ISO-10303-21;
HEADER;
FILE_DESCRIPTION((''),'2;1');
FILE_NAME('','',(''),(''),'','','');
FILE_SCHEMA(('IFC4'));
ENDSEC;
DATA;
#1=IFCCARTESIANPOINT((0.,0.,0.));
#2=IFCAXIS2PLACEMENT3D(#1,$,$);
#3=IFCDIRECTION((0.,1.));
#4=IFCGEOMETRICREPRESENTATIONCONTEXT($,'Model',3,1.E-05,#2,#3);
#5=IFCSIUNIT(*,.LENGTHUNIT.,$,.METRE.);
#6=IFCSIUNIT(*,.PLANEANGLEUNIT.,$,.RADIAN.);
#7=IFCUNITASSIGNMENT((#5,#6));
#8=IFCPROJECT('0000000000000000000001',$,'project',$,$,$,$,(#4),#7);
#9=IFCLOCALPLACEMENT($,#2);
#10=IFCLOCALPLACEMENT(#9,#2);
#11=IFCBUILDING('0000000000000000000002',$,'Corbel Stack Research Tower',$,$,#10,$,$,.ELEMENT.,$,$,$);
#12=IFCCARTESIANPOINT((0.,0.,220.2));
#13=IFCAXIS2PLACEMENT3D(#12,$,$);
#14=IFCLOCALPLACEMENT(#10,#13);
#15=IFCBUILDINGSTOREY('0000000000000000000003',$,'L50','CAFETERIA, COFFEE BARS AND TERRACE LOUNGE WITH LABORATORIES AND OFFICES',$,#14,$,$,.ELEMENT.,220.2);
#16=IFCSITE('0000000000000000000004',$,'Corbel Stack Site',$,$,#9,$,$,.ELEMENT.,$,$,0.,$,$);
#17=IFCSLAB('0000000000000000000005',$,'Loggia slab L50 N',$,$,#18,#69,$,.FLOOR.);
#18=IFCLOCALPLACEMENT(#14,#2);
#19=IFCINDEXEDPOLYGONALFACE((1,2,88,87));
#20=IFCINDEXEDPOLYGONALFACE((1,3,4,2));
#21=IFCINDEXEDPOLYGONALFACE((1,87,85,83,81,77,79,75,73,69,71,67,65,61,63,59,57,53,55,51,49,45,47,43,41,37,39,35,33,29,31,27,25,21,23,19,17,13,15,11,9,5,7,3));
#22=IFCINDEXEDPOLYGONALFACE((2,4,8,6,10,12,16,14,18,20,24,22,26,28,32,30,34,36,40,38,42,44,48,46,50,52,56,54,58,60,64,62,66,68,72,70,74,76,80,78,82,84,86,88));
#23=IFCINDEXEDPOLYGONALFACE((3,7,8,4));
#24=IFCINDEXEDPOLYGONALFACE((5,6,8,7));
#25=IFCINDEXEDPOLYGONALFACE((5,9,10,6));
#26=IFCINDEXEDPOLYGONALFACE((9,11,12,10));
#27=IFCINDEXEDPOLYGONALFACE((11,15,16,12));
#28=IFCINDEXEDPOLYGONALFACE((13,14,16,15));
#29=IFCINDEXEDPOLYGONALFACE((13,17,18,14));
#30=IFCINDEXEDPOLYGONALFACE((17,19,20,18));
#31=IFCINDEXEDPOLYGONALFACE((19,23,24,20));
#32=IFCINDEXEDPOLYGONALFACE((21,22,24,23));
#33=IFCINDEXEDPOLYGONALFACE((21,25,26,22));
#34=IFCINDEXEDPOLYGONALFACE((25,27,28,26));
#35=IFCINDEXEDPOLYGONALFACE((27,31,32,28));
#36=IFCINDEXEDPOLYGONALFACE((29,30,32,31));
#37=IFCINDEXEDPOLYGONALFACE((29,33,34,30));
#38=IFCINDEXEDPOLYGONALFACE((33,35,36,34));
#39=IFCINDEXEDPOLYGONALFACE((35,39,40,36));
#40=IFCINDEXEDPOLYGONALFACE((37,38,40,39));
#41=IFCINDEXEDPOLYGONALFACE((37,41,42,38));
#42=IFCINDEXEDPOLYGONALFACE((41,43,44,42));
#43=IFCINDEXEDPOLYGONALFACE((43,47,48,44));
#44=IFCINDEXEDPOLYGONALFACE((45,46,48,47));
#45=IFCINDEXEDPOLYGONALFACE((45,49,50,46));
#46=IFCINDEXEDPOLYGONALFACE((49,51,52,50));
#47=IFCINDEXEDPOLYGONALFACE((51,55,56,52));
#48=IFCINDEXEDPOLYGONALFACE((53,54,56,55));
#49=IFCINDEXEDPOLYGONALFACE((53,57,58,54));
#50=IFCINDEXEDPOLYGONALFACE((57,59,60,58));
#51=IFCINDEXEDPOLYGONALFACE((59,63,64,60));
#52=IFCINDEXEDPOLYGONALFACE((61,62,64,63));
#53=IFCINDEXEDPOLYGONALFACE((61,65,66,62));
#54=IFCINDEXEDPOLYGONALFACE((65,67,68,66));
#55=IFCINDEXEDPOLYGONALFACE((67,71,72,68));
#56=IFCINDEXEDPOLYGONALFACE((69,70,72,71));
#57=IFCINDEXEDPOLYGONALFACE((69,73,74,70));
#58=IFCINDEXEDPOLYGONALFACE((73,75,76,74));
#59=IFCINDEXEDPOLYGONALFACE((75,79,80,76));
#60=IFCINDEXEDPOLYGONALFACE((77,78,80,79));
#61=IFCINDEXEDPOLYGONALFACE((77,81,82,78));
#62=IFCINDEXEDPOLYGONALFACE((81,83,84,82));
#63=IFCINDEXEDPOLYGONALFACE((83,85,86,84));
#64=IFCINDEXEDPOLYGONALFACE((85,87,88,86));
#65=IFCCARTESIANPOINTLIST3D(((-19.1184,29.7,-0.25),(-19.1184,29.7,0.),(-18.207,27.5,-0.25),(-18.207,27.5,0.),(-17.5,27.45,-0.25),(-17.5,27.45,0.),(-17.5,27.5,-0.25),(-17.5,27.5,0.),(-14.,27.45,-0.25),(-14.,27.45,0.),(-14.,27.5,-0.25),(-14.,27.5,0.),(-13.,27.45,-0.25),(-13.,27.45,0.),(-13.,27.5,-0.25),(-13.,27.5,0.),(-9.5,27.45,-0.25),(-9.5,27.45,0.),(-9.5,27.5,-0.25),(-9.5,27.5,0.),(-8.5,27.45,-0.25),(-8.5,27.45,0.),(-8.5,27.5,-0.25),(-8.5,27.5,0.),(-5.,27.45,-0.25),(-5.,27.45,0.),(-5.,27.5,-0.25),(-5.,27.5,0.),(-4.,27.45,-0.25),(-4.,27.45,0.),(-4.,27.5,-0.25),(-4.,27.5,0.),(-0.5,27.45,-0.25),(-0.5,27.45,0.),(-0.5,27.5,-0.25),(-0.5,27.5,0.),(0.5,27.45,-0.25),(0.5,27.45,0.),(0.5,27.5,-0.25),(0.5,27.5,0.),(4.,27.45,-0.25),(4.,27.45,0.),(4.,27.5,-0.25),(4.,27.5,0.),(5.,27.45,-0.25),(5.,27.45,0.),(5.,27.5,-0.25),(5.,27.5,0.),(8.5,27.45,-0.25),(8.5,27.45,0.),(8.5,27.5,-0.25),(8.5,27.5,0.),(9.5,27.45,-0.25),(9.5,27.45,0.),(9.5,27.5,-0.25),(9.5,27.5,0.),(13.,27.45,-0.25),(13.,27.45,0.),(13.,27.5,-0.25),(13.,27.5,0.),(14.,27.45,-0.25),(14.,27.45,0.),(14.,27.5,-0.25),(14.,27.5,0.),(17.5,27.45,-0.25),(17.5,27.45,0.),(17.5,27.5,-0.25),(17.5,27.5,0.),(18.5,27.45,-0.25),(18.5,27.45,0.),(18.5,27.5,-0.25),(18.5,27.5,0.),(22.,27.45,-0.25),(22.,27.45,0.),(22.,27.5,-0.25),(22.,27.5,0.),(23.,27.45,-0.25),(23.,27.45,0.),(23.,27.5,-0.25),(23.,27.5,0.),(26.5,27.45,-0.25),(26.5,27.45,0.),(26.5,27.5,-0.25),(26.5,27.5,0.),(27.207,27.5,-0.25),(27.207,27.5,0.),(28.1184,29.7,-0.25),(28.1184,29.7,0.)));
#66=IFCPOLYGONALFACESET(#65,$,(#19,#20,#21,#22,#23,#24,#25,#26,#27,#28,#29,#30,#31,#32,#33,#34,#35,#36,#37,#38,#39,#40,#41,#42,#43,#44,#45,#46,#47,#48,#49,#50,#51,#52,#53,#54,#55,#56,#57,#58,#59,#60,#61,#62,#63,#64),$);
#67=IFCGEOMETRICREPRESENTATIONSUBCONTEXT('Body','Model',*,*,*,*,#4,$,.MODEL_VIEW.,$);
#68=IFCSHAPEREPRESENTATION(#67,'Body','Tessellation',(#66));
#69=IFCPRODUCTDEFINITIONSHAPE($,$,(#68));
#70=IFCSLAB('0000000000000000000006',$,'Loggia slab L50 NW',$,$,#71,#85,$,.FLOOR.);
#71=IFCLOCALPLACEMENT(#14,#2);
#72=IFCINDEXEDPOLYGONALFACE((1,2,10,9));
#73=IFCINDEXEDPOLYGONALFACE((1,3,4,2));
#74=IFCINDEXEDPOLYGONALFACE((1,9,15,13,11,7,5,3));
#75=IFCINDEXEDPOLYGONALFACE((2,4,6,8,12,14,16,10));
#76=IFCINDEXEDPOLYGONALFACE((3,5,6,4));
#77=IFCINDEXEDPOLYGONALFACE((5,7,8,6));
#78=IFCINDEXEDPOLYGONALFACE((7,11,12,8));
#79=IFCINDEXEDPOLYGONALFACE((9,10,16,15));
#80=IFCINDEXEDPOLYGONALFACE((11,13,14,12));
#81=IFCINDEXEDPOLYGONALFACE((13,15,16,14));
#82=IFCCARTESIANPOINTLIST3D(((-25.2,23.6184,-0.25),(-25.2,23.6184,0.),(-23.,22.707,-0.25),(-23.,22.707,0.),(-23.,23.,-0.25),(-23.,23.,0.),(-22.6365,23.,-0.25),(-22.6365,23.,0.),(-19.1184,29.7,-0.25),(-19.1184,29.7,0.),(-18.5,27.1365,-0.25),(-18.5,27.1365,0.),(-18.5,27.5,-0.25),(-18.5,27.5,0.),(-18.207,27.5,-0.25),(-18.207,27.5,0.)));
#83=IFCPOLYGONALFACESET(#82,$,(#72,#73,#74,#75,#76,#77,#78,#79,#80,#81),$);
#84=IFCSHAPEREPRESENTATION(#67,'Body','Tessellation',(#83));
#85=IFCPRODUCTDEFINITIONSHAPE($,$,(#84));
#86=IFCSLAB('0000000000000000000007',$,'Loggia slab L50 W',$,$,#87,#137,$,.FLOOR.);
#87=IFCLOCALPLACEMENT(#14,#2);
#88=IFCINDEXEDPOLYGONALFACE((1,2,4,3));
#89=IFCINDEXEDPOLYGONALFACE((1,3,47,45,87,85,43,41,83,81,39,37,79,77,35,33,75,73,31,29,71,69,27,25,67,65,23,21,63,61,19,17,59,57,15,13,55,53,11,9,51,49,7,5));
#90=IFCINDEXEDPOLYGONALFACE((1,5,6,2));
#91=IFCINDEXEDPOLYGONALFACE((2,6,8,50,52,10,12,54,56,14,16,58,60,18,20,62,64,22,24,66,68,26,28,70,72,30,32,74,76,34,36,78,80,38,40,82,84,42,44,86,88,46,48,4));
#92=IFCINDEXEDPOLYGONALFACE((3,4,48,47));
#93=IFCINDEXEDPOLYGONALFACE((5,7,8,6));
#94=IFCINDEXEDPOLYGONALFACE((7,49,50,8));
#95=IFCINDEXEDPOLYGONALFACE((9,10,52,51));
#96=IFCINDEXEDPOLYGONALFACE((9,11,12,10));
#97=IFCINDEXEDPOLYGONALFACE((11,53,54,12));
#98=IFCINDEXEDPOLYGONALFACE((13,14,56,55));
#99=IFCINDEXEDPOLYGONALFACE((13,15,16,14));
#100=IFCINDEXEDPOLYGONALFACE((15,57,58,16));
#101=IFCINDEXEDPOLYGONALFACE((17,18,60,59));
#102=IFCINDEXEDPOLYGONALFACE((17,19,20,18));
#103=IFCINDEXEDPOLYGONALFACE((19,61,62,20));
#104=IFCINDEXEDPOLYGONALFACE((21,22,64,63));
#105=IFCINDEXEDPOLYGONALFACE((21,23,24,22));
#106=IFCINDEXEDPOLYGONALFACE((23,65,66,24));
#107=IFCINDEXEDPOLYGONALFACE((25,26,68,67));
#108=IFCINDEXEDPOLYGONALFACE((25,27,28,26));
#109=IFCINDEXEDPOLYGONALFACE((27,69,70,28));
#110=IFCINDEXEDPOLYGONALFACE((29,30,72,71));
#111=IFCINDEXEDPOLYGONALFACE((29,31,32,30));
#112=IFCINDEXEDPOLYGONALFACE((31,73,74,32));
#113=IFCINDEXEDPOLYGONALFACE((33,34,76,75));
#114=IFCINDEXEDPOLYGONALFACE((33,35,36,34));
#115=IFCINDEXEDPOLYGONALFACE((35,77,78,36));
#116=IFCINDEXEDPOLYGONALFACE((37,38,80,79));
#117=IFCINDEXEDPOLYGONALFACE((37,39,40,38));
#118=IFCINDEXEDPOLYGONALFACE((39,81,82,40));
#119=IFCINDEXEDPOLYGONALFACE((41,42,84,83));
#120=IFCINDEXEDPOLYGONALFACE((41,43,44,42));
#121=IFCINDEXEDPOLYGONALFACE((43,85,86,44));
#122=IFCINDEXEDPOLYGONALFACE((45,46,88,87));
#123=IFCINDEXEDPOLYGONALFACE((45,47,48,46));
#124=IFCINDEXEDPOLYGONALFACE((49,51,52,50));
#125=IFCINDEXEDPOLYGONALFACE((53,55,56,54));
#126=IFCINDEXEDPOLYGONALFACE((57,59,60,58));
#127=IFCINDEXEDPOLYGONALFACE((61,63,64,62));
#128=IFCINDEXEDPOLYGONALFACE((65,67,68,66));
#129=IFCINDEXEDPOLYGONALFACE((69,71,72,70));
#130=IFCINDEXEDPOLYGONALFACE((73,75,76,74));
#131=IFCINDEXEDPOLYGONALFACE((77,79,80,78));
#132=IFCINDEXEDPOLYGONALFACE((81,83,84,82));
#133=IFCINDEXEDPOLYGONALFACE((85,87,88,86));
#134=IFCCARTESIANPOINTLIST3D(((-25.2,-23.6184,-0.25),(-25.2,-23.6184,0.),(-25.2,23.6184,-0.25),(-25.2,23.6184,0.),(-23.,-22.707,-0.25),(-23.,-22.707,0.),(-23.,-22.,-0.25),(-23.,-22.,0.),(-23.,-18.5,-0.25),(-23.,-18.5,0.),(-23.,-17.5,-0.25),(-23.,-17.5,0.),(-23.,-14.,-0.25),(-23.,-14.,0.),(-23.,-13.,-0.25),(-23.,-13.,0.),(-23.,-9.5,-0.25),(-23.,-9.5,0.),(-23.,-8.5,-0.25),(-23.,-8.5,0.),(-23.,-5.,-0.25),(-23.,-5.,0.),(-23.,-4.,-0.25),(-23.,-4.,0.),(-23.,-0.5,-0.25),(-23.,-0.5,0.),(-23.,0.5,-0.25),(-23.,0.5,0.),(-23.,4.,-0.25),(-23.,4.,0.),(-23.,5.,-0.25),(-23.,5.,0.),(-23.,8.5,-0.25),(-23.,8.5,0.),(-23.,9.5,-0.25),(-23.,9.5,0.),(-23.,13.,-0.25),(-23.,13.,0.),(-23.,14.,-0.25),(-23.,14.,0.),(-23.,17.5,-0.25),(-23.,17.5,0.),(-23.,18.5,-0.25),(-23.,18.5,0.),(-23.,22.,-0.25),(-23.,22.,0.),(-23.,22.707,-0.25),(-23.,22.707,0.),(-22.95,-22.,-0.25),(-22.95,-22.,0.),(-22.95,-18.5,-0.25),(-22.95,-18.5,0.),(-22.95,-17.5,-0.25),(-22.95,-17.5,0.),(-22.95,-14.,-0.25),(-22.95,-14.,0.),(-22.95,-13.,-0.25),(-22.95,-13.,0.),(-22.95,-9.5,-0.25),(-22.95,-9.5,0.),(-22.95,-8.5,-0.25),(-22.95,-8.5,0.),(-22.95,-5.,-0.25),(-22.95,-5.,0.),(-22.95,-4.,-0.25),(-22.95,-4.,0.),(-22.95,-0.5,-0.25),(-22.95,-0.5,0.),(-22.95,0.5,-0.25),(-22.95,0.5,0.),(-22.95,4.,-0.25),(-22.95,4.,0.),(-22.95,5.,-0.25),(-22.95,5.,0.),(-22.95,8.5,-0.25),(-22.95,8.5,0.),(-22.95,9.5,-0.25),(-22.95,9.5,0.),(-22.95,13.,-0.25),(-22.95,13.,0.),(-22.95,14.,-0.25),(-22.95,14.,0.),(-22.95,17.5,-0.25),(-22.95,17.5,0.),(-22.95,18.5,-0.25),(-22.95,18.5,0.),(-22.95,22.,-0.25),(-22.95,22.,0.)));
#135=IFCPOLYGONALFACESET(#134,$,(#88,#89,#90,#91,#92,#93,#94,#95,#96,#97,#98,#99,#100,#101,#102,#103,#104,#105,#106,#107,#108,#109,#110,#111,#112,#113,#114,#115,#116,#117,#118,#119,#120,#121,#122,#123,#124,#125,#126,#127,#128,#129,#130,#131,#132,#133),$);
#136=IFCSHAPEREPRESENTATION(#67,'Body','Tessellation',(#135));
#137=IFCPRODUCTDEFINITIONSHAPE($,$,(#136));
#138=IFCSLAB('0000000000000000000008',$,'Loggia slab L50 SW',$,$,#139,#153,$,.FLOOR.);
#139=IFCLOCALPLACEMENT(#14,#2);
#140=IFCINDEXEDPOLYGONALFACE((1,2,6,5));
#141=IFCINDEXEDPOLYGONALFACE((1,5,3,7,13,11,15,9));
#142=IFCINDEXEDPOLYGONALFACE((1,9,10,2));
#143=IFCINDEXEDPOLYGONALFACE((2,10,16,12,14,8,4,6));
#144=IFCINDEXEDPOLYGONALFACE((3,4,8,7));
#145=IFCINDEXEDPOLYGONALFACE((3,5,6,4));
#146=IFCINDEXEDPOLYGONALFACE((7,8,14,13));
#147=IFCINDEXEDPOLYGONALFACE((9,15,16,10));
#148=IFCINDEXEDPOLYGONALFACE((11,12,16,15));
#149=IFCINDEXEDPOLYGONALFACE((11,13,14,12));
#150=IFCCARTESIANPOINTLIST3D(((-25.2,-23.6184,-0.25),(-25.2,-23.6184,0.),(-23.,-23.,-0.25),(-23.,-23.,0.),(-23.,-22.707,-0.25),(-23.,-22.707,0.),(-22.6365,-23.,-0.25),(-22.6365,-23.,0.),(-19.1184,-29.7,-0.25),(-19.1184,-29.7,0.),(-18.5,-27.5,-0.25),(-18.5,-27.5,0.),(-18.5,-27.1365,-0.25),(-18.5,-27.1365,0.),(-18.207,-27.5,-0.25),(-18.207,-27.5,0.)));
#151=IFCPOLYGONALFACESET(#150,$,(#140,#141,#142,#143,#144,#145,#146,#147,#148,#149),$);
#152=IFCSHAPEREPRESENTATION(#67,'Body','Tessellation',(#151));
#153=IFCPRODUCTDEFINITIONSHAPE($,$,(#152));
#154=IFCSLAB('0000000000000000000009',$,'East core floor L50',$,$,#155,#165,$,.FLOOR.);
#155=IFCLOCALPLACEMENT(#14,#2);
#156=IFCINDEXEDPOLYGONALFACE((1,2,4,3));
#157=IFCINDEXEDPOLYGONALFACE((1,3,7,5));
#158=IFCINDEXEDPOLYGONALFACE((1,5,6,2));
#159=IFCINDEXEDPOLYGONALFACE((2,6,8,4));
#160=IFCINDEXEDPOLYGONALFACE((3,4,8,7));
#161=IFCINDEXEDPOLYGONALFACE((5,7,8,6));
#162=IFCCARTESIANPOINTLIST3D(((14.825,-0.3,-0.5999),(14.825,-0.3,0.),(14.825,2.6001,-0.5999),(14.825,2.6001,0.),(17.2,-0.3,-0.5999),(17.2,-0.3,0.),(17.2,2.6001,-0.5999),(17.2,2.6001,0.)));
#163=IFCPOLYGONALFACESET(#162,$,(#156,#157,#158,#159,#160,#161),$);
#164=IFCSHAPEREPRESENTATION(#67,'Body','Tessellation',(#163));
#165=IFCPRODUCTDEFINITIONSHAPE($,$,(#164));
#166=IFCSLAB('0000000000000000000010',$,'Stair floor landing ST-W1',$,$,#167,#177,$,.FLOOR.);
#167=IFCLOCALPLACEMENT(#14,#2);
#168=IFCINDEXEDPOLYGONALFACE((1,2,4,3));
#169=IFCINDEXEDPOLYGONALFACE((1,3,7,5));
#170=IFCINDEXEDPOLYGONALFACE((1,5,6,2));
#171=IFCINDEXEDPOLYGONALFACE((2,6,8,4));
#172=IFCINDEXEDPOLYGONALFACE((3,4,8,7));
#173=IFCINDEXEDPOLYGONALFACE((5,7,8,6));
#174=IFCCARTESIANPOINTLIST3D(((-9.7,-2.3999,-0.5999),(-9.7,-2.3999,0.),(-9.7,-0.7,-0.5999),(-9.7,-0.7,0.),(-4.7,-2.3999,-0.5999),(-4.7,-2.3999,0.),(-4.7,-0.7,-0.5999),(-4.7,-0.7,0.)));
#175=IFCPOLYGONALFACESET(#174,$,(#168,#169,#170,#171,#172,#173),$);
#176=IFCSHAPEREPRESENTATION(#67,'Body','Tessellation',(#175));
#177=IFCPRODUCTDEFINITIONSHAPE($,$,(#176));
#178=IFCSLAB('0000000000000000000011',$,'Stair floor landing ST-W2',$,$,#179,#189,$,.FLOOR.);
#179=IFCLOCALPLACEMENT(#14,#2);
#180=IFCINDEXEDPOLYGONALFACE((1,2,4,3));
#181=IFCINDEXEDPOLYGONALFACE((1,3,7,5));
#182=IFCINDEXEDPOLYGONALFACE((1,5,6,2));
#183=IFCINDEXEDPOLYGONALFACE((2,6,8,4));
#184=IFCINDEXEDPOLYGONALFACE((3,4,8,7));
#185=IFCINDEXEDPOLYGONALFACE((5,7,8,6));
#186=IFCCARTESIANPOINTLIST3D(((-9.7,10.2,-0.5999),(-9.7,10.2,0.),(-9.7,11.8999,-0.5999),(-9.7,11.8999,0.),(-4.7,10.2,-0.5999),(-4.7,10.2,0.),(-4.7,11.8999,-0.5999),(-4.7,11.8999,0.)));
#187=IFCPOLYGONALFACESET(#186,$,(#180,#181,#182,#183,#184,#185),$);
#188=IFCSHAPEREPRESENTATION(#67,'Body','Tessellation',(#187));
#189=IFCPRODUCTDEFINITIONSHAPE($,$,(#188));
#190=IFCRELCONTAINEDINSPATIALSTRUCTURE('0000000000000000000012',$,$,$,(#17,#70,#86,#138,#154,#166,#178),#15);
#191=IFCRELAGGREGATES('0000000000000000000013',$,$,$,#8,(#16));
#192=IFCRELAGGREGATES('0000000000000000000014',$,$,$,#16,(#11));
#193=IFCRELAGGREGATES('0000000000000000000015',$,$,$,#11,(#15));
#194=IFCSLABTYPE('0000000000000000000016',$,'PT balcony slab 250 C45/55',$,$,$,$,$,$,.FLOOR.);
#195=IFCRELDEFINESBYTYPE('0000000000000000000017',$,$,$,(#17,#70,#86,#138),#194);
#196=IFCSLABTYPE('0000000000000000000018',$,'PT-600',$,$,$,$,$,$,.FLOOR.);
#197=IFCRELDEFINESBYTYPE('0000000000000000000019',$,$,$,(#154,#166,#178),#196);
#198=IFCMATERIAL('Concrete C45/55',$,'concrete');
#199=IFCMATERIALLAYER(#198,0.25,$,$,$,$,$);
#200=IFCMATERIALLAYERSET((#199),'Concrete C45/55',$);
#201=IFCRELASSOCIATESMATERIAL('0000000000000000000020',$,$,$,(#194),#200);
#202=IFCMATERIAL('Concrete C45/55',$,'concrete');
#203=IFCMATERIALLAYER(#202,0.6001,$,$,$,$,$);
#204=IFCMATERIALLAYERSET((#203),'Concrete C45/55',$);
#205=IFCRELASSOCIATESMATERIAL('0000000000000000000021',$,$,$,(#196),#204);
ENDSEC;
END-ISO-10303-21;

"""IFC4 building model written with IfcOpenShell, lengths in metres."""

from ifc_helpers import new_model, si_unit, direction, frame, origin, place, context, subcontext, project, spatial, polyline, outline, extrude, material, layer, layer_set, type_object, element, save


model = new_model("IFC4")

# Units and contexts
model_context = context("Model", 3, precision=1e-05, world=origin(), true_north=direction((0.0, 1.0)))
body_context = subcontext(model_context, "Body", "Model", "MODEL_VIEW")
ifc_project = project(units=[si_unit("LENGTHUNIT", "METRE"), si_unit("PLANEANGLEUNIT", "RADIAN")], contexts=[model_context])

# Site, building, storey
site_placement = place(None, origin())
site = spatial("IfcSite", under=ifc_project, at=site_placement, Name="Corbel Stack Site", CompositionType="ELEMENT", RefElevation=0.0)
building_placement = place(site_placement, origin())
building = spatial("IfcBuilding", under=site, at=building_placement, Name="Corbel Stack Research Tower", CompositionType="ELEMENT")
storey_placement = place(building_placement, frame((0.0, 0.0, 220.2)))
storey = spatial("IfcBuildingStorey", under=building, at=storey_placement, Name="L50", Description="CAFETERIA, COFFEE BARS AND TERRACE LOUNGE WITH LABORATORIES AND OFFICES", CompositionType="ELEMENT", Elevation=220.2)

# Slabs
ifc_material_1 = material(Name="Concrete C45/55", Category="concrete")
ifc_layer_1 = layer(ifc_material_1, 0.25)
ifc_layer_set_1 = layer_set([ifc_layer_1], Name="Concrete C45/55")
slab_type_1 = type_object("IfcSlabType", Name="PT balcony slab 250 C45/55", PredefinedType="FLOOR", material=ifc_layer_set_1)
slab_1_placement = place(storey_placement, frame((0.0, 0.0, -0.25)))
element("IfcSlab", 1, at=slab_1_placement, inside=storey, type_object=slab_type_1, Name="Loggia slab L50 N", PredefinedType="FLOOR", context=body_context, shape_type="SweptSolid", body=[
    extrude(outline(polyline([(-18.207, 27.5), (-17.5, 27.5), (-17.5, 27.45), (-14.0, 27.45), (-14.0, 27.5), (-13.0, 27.5), (-13.0, 27.45), (-9.5, 27.45), (-9.5, 27.5), (-8.5, 27.5), (-8.5, 27.45), (-5.0, 27.45), (-5.0, 27.5), (-4.0, 27.5), (-4.0, 27.45), (-0.5, 27.45), (-0.5, 27.5), (0.5, 27.5), (0.5, 27.45), (4.0, 27.45), (4.0, 27.5), (5.0, 27.5), (5.0, 27.45), (8.5, 27.45), (8.5, 27.5), (9.5, 27.5), (9.5, 27.45), (13.0, 27.45), (13.0, 27.5), (14.0, 27.5), (14.0, 27.45), (17.5, 27.45), (17.5, 27.5), (18.5, 27.5), (18.5, 27.45), (22.0, 27.45), (22.0, 27.5), (23.0, 27.5), (23.0, 27.45), (26.5, 27.45), (26.5, 27.5), (27.207, 27.5), (28.1184, 29.7), (-19.1184, 29.7), (-18.207, 27.5)])), origin(), (0.0, 0.0, 1.0), 0.25),
])
slab_2_placement = place(storey_placement, frame((0.0, 0.0, -0.25)))
element("IfcSlab", 2, at=slab_2_placement, inside=storey, type_object=slab_type_1, Name="Loggia slab L50 NW", PredefinedType="FLOOR", context=body_context, shape_type="SweptSolid", body=[
    extrude(outline(polyline([(-23.0, 22.707), (-23.0, 23.0), (-22.6365, 23.0), (-18.5, 27.1365), (-18.5, 27.5), (-18.207, 27.5), (-19.1184, 29.7), (-25.2, 23.6184), (-23.0, 22.707)])), origin(), (0.0, 0.0, 1.0), 0.25),
])
slab_3_placement = place(storey_placement, frame((0.0, 0.0, -0.25)))
element("IfcSlab", 3, at=slab_3_placement, inside=storey, type_object=slab_type_1, Name="Loggia slab L50 W", PredefinedType="FLOOR", context=body_context, shape_type="SweptSolid", body=[
    extrude(outline(polyline([(-23.0, -22.707), (-23.0, -22.0), (-22.95, -22.0), (-22.95, -18.5), (-23.0, -18.5), (-23.0, -17.5), (-22.95, -17.5), (-22.95, -14.0), (-23.0, -14.0), (-23.0, -13.0), (-22.95, -13.0), (-22.95, -9.5), (-23.0, -9.5), (-23.0, -8.5), (-22.95, -8.5), (-22.95, -5.0), (-23.0, -5.0), (-23.0, -4.0), (-22.95, -4.0), (-22.95, -0.5), (-23.0, -0.5), (-23.0, 0.5), (-22.95, 0.5), (-22.95, 4.0), (-23.0, 4.0), (-23.0, 5.0), (-22.95, 5.0), (-22.95, 8.5), (-23.0, 8.5), (-23.0, 9.5), (-22.95, 9.5), (-22.95, 13.0), (-23.0, 13.0), (-23.0, 14.0), (-22.95, 14.0), (-22.95, 17.5), (-23.0, 17.5), (-23.0, 18.5), (-22.95, 18.5), (-22.95, 22.0), (-23.0, 22.0), (-23.0, 22.707), (-25.2, 23.6184), (-25.2, -23.6184), (-23.0, -22.707)])), origin(), (0.0, 0.0, 1.0), 0.25),
])
slab_4_placement = place(storey_placement, frame((0.0, 0.0, -0.25)))
element("IfcSlab", 4, at=slab_4_placement, inside=storey, type_object=slab_type_1, Name="Loggia slab L50 SW", PredefinedType="FLOOR", context=body_context, shape_type="SweptSolid", body=[
    extrude(outline(polyline([(-18.207, -27.5), (-18.5, -27.5), (-18.5, -27.1365), (-22.6365, -23.0), (-23.0, -23.0), (-23.0, -22.707), (-25.2, -23.6184), (-19.1184, -29.7), (-18.207, -27.5)])), origin(), (0.0, 0.0, 1.0), 0.25),
])
ifc_material_2 = material(Name="Concrete C45/55", Category="concrete")
ifc_layer_2 = layer(ifc_material_2, 0.6001)
ifc_layer_set_2 = layer_set([ifc_layer_2], Name="Concrete C45/55")
slab_type_2 = type_object("IfcSlabType", Name="PT-600", PredefinedType="FLOOR", material=ifc_layer_set_2)
slab_5_placement = place(storey_placement, frame((0.0, 0.0, -0.5999)))
element("IfcSlab", 5, at=slab_5_placement, inside=storey, type_object=slab_type_2, Name="East core floor L50", PredefinedType="FLOOR", context=body_context, shape_type="SweptSolid", body=[
    extrude(outline(polyline([(17.2, -0.3), (17.2, 2.6001), (14.825, 2.6001), (14.825, -0.3), (17.2, -0.3)])), origin(), (0.0, 0.0, 1.0), 0.5999),
])
slab_6_placement = place(storey_placement, frame((0.0, 0.0, -0.5999)))
element("IfcSlab", 6, at=slab_6_placement, inside=storey, type_object=slab_type_2, Name="Stair floor landing ST-W1", PredefinedType="FLOOR", context=body_context, shape_type="SweptSolid", body=[
    extrude(outline(polyline([(-9.7, -2.3999), (-4.7, -2.3999), (-4.7, -0.7), (-9.7, -0.7), (-9.7, -2.3999)])), origin(), (0.0, 0.0, 1.0), 0.5999),
])
slab_7_placement = place(storey_placement, frame((0.0, 0.0, -0.5999)))
element("IfcSlab", 7, at=slab_7_placement, inside=storey, type_object=slab_type_2, Name="Stair floor landing ST-W2", PredefinedType="FLOOR", context=body_context, shape_type="SweptSolid", body=[
    extrude(outline(polyline([(-9.7, 10.2), (-4.7, 10.2), (-4.7, 11.8999), (-9.7, 11.8999), (-9.7, 10.2)])), origin(), (0.0, 0.0, 1.0), 0.5999),
])

save(model, "model.ifc")
